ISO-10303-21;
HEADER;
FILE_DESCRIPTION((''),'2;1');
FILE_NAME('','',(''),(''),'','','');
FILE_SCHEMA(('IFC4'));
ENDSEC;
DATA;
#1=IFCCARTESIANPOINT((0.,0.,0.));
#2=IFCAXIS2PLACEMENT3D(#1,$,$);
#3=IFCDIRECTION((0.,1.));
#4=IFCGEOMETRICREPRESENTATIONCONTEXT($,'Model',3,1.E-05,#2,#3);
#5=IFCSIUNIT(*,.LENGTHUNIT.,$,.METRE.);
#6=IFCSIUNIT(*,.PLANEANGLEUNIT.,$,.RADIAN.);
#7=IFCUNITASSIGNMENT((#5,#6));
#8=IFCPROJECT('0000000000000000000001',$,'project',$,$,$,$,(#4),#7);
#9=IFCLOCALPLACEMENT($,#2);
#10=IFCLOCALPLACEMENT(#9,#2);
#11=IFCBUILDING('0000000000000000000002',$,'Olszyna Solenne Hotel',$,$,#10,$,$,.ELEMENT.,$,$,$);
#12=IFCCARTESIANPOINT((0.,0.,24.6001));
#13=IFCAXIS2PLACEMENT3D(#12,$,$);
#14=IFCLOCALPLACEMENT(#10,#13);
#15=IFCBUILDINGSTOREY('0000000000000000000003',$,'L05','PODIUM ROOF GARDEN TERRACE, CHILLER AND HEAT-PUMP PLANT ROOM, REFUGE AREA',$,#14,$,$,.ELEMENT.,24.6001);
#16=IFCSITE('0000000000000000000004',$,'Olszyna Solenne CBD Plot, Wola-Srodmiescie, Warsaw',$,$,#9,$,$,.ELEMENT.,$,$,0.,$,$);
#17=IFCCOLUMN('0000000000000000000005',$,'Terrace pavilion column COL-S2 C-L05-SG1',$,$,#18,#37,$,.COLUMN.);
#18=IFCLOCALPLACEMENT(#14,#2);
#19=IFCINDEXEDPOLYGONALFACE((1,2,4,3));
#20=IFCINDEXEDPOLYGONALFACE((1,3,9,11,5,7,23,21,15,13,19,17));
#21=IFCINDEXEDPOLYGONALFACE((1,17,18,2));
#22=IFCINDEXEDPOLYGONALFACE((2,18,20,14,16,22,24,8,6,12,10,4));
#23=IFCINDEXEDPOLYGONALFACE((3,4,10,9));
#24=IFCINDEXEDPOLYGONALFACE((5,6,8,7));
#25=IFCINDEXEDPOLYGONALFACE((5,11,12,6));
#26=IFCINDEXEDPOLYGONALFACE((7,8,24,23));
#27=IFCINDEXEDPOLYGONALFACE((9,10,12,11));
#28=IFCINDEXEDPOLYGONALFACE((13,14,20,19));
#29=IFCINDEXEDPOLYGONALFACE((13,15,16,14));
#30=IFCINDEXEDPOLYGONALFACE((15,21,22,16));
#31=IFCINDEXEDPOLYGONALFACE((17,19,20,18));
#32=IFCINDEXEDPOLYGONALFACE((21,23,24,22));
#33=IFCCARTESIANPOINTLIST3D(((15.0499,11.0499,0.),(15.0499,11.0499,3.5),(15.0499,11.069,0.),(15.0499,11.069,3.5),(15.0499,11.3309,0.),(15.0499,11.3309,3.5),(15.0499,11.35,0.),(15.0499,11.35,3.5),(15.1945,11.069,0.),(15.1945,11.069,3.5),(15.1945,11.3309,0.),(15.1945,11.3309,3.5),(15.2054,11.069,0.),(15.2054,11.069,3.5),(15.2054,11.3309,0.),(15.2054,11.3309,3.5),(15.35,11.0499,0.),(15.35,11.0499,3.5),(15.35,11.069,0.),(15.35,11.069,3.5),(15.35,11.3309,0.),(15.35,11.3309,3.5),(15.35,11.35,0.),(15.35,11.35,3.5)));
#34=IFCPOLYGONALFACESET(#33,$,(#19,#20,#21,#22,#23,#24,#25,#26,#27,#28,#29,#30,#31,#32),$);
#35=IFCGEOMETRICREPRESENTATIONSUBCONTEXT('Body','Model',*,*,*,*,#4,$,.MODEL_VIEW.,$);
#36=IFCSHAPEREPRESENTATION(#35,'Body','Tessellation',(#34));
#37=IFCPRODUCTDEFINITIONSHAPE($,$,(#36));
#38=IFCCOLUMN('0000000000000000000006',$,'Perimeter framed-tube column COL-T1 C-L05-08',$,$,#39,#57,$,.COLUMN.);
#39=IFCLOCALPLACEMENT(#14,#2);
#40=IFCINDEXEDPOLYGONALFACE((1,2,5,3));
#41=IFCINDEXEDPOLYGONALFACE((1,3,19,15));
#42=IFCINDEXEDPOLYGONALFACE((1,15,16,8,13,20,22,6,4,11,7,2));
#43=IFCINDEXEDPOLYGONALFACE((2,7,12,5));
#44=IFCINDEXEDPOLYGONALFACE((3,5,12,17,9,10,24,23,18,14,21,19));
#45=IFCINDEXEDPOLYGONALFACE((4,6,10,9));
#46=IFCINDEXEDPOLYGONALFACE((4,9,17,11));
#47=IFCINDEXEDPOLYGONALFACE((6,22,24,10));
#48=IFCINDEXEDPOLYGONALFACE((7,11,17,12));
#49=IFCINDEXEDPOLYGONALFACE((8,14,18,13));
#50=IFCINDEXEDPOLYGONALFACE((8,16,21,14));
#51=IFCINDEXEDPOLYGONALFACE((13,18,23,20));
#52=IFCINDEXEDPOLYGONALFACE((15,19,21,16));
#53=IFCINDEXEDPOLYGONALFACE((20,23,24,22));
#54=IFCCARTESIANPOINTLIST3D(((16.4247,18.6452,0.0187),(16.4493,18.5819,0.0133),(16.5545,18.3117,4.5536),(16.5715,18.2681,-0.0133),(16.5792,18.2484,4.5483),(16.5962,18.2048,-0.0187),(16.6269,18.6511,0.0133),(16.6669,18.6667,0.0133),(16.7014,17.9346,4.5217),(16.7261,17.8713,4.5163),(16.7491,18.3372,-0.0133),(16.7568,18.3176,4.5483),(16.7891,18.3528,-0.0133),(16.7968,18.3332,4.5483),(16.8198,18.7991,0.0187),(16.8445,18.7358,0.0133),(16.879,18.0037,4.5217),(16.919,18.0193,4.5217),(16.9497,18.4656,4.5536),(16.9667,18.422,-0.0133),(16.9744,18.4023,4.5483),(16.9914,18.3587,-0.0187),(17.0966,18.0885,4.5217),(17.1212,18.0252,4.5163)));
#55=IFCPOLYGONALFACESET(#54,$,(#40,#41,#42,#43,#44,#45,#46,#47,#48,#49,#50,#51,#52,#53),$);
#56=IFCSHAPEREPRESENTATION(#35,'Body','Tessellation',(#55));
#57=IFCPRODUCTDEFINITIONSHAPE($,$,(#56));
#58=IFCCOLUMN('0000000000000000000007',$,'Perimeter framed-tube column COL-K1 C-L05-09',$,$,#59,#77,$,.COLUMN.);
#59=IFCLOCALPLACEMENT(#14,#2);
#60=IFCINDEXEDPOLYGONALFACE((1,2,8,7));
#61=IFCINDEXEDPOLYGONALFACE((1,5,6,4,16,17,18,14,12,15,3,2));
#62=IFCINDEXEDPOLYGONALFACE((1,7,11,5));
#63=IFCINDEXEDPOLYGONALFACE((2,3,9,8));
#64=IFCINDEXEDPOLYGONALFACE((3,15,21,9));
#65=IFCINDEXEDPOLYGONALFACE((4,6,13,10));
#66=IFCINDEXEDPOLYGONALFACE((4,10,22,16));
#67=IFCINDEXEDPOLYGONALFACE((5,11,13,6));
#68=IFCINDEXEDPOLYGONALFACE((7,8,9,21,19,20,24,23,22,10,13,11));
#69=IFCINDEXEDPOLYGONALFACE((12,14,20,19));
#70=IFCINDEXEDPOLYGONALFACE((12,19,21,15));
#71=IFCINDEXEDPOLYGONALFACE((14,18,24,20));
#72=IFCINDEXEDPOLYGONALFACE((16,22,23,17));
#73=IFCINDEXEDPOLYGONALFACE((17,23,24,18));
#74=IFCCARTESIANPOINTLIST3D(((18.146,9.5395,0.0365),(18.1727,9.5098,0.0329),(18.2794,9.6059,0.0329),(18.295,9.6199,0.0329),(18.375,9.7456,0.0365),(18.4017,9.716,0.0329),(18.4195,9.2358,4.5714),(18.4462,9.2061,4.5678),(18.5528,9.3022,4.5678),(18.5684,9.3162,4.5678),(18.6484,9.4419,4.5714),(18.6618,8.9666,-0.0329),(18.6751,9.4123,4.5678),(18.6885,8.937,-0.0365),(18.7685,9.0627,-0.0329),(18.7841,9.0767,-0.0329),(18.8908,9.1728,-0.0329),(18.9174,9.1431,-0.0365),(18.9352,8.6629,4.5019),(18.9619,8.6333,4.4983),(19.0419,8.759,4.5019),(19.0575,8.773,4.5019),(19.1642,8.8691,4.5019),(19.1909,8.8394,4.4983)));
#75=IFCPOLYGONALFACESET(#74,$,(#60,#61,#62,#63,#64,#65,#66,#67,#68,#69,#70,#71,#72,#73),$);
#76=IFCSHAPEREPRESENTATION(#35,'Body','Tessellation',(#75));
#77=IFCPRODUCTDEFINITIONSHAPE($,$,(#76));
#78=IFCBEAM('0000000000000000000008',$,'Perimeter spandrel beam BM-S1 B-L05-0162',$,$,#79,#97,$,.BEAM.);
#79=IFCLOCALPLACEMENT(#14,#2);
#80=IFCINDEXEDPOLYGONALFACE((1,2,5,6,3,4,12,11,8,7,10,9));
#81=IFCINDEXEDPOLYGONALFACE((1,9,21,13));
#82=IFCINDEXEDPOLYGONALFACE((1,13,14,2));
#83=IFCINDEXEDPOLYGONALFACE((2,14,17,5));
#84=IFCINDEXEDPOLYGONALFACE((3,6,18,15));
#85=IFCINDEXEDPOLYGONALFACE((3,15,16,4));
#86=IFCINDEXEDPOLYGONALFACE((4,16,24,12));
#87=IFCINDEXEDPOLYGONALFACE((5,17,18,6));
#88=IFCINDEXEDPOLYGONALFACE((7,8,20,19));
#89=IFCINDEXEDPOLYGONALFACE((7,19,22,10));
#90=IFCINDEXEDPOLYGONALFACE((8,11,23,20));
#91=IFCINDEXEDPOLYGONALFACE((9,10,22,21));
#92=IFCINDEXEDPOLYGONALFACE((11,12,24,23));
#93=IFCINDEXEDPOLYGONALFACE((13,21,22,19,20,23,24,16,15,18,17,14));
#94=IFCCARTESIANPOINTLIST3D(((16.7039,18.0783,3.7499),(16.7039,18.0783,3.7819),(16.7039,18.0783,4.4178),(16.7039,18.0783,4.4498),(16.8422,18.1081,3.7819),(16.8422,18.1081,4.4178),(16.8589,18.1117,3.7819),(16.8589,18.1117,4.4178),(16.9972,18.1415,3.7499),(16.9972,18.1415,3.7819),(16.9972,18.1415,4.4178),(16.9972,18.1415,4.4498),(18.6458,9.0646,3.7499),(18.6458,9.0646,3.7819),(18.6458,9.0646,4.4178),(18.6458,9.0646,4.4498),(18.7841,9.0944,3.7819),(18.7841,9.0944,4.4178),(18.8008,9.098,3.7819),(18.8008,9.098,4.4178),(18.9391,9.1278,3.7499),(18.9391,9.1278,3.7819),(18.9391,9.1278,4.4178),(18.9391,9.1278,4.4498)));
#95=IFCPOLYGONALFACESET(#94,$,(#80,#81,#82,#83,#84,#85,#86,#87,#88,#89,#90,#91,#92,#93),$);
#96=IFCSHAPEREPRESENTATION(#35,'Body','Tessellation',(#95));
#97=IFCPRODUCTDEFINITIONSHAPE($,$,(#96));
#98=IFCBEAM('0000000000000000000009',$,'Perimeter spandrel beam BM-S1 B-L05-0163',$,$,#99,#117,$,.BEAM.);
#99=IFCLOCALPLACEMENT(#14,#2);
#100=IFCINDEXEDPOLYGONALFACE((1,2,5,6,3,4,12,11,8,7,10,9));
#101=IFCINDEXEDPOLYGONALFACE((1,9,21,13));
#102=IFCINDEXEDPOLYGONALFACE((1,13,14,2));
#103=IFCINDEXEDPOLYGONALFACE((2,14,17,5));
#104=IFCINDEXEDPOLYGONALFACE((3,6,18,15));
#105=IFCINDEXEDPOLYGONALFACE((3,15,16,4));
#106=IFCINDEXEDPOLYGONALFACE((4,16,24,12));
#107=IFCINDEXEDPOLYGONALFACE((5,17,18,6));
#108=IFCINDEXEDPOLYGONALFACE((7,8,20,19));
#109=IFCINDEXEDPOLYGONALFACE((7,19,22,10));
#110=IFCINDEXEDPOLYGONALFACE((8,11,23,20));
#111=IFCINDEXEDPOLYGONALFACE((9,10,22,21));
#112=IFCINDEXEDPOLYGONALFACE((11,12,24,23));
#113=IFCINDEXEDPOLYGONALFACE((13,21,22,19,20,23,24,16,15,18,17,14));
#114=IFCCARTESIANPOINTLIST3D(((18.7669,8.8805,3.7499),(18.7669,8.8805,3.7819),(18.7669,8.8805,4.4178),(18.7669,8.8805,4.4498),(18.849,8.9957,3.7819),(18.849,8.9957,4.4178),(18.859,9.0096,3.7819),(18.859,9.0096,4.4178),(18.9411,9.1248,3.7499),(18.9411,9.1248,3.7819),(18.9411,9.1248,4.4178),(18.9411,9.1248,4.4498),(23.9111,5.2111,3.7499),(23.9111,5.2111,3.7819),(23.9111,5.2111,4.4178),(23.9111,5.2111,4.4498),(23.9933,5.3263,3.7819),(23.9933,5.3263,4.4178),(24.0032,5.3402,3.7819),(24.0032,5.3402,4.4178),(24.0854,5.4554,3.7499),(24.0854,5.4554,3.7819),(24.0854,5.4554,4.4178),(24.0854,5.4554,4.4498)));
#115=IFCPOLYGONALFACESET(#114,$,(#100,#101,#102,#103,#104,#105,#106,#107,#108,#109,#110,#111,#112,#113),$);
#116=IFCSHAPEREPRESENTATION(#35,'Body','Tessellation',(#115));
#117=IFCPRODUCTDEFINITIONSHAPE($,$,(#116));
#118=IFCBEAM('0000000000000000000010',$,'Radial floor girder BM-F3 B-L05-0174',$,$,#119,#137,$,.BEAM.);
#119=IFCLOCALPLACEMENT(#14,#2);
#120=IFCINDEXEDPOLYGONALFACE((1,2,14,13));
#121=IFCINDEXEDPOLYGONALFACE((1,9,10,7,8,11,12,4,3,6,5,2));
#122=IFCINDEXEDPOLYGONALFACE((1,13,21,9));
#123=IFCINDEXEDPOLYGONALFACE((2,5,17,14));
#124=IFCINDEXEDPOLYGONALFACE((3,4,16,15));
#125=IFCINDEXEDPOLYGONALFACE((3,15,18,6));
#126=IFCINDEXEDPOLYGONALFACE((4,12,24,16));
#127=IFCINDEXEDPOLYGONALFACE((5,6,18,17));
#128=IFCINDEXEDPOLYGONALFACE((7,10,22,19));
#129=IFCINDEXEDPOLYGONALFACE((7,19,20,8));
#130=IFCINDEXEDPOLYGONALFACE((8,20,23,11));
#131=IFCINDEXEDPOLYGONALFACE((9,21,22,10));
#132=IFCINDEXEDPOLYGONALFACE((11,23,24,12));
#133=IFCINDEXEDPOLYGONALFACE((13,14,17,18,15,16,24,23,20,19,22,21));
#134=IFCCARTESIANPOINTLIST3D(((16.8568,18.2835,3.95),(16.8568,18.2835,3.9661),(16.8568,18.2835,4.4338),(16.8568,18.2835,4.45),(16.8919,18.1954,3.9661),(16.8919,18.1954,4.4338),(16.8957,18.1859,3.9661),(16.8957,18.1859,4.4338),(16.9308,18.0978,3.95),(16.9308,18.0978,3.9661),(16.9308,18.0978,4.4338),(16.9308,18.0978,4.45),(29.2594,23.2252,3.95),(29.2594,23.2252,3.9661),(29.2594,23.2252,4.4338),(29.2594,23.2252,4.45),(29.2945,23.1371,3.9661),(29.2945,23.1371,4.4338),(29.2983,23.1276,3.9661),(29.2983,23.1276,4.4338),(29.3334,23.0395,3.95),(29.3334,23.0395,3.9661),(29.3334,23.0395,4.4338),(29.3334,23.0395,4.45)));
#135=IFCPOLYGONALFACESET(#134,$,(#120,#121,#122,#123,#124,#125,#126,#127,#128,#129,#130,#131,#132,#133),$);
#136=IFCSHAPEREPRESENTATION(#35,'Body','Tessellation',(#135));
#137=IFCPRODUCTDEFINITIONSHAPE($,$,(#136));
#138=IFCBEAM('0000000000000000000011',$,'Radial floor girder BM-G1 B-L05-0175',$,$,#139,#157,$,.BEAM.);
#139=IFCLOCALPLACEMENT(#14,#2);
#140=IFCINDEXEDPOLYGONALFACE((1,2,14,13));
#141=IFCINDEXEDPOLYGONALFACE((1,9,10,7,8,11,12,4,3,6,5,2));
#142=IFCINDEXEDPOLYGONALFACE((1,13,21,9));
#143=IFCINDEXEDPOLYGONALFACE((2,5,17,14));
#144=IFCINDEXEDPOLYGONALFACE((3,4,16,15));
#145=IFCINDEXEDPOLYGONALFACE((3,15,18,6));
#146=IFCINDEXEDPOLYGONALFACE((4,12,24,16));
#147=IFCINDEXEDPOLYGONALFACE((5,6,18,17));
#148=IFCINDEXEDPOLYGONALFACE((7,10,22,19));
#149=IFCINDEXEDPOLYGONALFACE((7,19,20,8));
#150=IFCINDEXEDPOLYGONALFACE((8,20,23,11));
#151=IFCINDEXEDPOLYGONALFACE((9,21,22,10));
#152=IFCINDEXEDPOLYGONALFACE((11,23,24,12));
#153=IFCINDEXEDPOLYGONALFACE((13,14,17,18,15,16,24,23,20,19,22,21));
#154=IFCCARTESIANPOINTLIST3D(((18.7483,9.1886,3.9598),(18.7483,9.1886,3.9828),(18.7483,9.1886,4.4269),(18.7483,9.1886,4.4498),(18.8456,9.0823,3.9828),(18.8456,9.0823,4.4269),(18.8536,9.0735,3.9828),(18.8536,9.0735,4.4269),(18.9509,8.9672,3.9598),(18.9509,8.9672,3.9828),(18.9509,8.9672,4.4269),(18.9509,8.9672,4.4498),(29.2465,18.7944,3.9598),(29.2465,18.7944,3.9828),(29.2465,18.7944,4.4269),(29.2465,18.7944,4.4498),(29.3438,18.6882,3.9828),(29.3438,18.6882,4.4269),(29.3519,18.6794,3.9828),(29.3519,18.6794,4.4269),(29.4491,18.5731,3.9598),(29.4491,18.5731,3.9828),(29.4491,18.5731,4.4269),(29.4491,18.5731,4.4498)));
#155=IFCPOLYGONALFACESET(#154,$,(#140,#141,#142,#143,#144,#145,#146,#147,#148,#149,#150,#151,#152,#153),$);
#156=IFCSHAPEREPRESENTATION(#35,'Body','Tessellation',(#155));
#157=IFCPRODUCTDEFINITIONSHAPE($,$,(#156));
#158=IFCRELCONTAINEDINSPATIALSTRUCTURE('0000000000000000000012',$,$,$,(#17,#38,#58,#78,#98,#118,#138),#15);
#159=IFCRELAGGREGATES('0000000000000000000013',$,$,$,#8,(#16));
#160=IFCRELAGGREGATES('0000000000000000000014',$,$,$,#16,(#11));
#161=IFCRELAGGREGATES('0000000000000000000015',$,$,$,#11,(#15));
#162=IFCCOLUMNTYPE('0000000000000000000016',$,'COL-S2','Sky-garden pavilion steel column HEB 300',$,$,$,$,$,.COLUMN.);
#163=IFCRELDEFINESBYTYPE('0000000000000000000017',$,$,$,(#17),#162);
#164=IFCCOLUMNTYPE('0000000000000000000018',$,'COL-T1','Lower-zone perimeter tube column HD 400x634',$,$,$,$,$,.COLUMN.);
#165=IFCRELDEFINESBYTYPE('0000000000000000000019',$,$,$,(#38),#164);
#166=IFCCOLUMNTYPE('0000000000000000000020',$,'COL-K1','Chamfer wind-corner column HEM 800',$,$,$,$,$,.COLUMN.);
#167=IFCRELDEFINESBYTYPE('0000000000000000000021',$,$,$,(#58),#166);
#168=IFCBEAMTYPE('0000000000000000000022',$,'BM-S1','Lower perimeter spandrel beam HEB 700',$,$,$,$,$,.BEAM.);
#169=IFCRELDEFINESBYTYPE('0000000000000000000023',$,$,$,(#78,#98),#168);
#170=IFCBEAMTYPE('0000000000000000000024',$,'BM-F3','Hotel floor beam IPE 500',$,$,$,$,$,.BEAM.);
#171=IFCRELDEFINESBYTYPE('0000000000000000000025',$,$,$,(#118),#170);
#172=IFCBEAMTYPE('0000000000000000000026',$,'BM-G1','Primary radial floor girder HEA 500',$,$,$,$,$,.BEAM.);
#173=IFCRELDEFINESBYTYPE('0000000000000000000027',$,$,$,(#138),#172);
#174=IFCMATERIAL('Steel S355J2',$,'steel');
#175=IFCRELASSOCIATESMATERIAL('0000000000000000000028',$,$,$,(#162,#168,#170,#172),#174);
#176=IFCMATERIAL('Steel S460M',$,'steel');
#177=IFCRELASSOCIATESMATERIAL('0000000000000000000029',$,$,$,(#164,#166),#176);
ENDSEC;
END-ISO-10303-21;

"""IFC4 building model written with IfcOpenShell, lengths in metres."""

from ifc_helpers import new_model, si_unit, direction, frame, origin, origin_2d, place, context, subcontext, project, spatial, i_section, extrude, source, transform, mapped, material, material_profile, profile_set, type_object, element, save


model = new_model("IFC4")

# Units and contexts
model_context = context("Model", 3, precision=1e-05, world=origin(), true_north=direction((0.0, 1.0)))
body_context = subcontext(model_context, "Body", "Model", "MODEL_VIEW")
ifc_project = project(units=[si_unit("LENGTHUNIT", "METRE"), si_unit("PLANEANGLEUNIT", "RADIAN")], contexts=[model_context])

# Site, building, storey
site_placement = place(None, origin())
site = spatial("IfcSite", under=ifc_project, at=site_placement, Name="Olszyna Solenne CBD Plot, Wola-Srodmiescie, Warsaw", CompositionType="ELEMENT", RefElevation=0.0)
building_placement = place(site_placement, origin())
building = spatial("IfcBuilding", under=site, at=building_placement, Name="Olszyna Solenne Hotel", CompositionType="ELEMENT")
storey_placement = place(building_placement, frame((0.0, 0.0, 24.6001)))
storey = spatial("IfcBuildingStorey", under=building, at=storey_placement, Name="L05", Description="PODIUM ROOF GARDEN TERRACE, CHILLER AND HEAT-PUMP PLANT ROOM, REFUGE AREA", CompositionType="ELEMENT", Elevation=24.6001)

# Columns
ifc_material_1 = material(Name="Steel S355J2", Category="steel")
ifc_material_profile_1 = material_profile(ifc_material_1, i_section(OverallWidth=0.3, OverallDepth=0.3, WebThickness=0.011, FlangeThickness=0.019, at=origin_2d()), Name="HEB 300", Category="load-bearing")
ifc_profile_set_1 = profile_set([ifc_material_profile_1], Name="Steel S355J2")
column_type_1 = type_object("IfcColumnType", Name="COL-S2", Description="Sky-garden pavilion steel column HEB 300", PredefinedType="COLUMN", material=ifc_profile_set_1)
shared_shape_1 = source(origin(), body_context, "Body", "SweptSolid", [
    extrude(i_section(OverallWidth=0.3, OverallDepth=0.3, WebThickness=0.011, FlangeThickness=0.019, at=origin_2d()), origin(), (0.0, 0.0, 1.0), 3.5),
])
column_1_placement = place(storey_placement, frame((15.2, 11.2, 0.0), z_axis=(0.0, 0.0, 1.0), x_axis=(1.0, 0.0, 0.0)))
element("IfcColumn", 1, at=column_1_placement, inside=storey, type_object=column_type_1, Name="Terrace pavilion column COL-S2 C-L05-SG1", PredefinedType="COLUMN", context=body_context, shape_type="MappedRepresentation", body=[
    mapped(shared_shape_1, transform((0.0, 0.0, 0.0), x_axis=(1.0, 0.0, 0.0), y_axis=(0.0, 1.0, 0.0), z_axis=(0.0, 0.0, 1.0), scale=1.0)),
])
ifc_material_2 = material(Name="Steel S460M", Category="steel")
ifc_material_profile_2 = material_profile(ifc_material_2, i_section(OverallWidth=0.4241, OverallDepth=0.4741, WebThickness=0.043, FlangeThickness=0.0681, at=origin_2d()), Name="HD 400x634", Category="load-bearing")
ifc_profile_set_2 = profile_set([ifc_material_profile_2], Name="Steel S460M")
column_type_2 = type_object("IfcColumnType", Name="COL-T1", Description="Lower-zone perimeter tube column HD 400x634", PredefinedType="COLUMN", material=ifc_profile_set_2)
shared_shape_2 = source(origin(), body_context, "Body", "SweptSolid", [
    extrude(i_section(OverallWidth=0.4241, OverallDepth=0.4741, WebThickness=0.043, FlangeThickness=0.0681, at=origin_2d()), origin(), (0.0, 0.0, 1.0), 4.5491),
])
column_2_placement = place(storey_placement, frame((16.708, 18.502, 0.0), z_axis=(0.028552, -0.073312, 0.9969), x_axis=(0.931825, 0.362907, 0.0)))
element("IfcColumn", 2, at=column_2_placement, inside=storey, type_object=column_type_2, Name="Perimeter framed-tube column COL-T1 C-L05-08", PredefinedType="COLUMN", context=body_context, shape_type="MappedRepresentation", body=[
    mapped(shared_shape_2, transform((0.0, 0.0, 0.0), x_axis=(1.0, 0.0, 0.0), y_axis=(0.0, 1.0, 0.0), z_axis=(0.0, 0.0, 1.0), scale=1.0)),
])
ifc_material_profile_3 = material_profile(ifc_material_2, i_section(OverallWidth=0.3081, OverallDepth=0.814, WebThickness=0.021, FlangeThickness=0.04, at=origin_2d()), Name="HEM 800", Category="load-bearing")
ifc_profile_set_3 = profile_set([ifc_material_profile_3], Name="Steel S460M")
column_type_3 = type_object("IfcColumnType", Name="COL-K1", Description="Chamfer wind-corner column HEM 800", PredefinedType="COLUMN", material=ifc_profile_set_3)
shared_shape_3 = source(origin(), body_context, "Body", "SweptSolid", [
    extrude(i_section(OverallWidth=0.3081, OverallDepth=0.814, WebThickness=0.021, FlangeThickness=0.04, at=origin_2d()), origin(), (0.0, 0.0, 1.0), 4.5532),
])
column_3_placement = place(storey_placement, frame((18.5317, 9.3413, 0.0), z_axis=(0.060053, -0.066701, 0.995964), x_axis=(0.743175, 0.669097, 0.0)))
element("IfcColumn", 3, at=column_3_placement, inside=storey, type_object=column_type_3, Name="Perimeter framed-tube column COL-K1 C-L05-09", PredefinedType="COLUMN", context=body_context, shape_type="MappedRepresentation", body=[
    mapped(shared_shape_3, transform((0.0, 0.0, 0.0), x_axis=(1.0, 0.0, 0.0), y_axis=(0.0, 1.0, 0.0), z_axis=(0.0, 0.0, 1.0), scale=1.0)),
])

# Beams
ifc_material_profile_4 = material_profile(ifc_material_1, i_section(OverallWidth=0.3, OverallDepth=0.7, WebThickness=0.0171, FlangeThickness=0.032, at=origin_2d()), Name="HEB 700", Category="load-bearing")
ifc_profile_set_4 = profile_set([ifc_material_profile_4], Name="Steel S355J2")
beam_type_1 = type_object("IfcBeamType", Name="BM-S1", Description="Lower perimeter spandrel beam HEB 700", PredefinedType="BEAM", material=ifc_profile_set_4)
shared_shape_4 = source(origin(), body_context, "Body", "SweptSolid", [
    extrude(i_section(OverallWidth=0.3, OverallDepth=0.7, WebThickness=0.0171, FlangeThickness=0.032, at=origin_2d()), origin(), (0.0, 0.0, 1.0), 9.2205),
])
beam_1_placement = place(storey_placement, frame((16.8506, 18.1099, 4.0999), z_axis=(0.210607, -0.977571, 0.0), x_axis=(0.977571, 0.210607, 0.0)))
element("IfcBeam", 4, at=beam_1_placement, inside=storey, type_object=beam_type_1, Name="Perimeter spandrel beam BM-S1 B-L05-0162", PredefinedType="BEAM", context=body_context, shape_type="MappedRepresentation", body=[
    mapped(shared_shape_4, transform((0.0, 0.0, 0.0), x_axis=(1.0, 0.0, 0.0), y_axis=(0.0, 1.0, 0.0), z_axis=(0.0, 0.0, 1.0), scale=1.0)),
])
shared_shape_5 = source(origin(), body_context, "Body", "SweptSolid", [
    extrude(i_section(OverallWidth=0.3, OverallDepth=0.7, WebThickness=0.0171, FlangeThickness=0.032, at=origin_2d()), origin(), (0.0, 0.0, 1.0), 6.3188),
])
beam_2_placement = place(storey_placement, frame((18.854, 9.0027, 4.0999), z_axis=(0.814112, -0.580708, 0.0), x_axis=(0.580708, 0.814112, 0.0)))
element("IfcBeam", 5, at=beam_2_placement, inside=storey, type_object=beam_type_1, Name="Perimeter spandrel beam BM-S1 B-L05-0163", PredefinedType="BEAM", context=body_context, shape_type="MappedRepresentation", body=[
    mapped(shared_shape_5, transform((0.0, 0.0, 0.0), x_axis=(1.0, 0.0, 0.0), y_axis=(0.0, 1.0, 0.0), z_axis=(0.0, 0.0, 1.0), scale=1.0)),
])
ifc_material_profile_5 = material_profile(ifc_material_1, i_section(OverallWidth=0.2, OverallDepth=0.5, WebThickness=0.0103, FlangeThickness=0.0161, at=origin_2d()), Name="IPE 500", Category="load-bearing")
ifc_profile_set_5 = profile_set([ifc_material_profile_5], Name="Steel S355J2")
beam_type_2 = type_object("IfcBeamType", Name="BM-F3", Description="Hotel floor beam IPE 500", PredefinedType="BEAM", material=ifc_profile_set_5)
shared_shape_6 = source(origin(), body_context, "Body", "SweptSolid", [
    extrude(i_section(OverallWidth=0.2, OverallDepth=0.5, WebThickness=0.0103, FlangeThickness=0.0161, at=origin_2d()), origin(), (0.0, 0.0, 1.0), 13.3508),
])
beam_3_placement = place(storey_placement, frame((16.8938, 18.1907, 4.2), z_axis=(0.928977, 0.370139, 0.0), x_axis=(-0.370139, 0.928977, 0.0)))
element("IfcBeam", 6, at=beam_3_placement, inside=storey, type_object=beam_type_2, Name="Radial floor girder BM-F3 B-L05-0174", PredefinedType="BEAM", context=body_context, shape_type="MappedRepresentation", body=[
    mapped(shared_shape_6, transform((0.0, 0.0, 0.0), x_axis=(1.0, 0.0, 0.0), y_axis=(0.0, 1.0, 0.0), z_axis=(0.0, 0.0, 1.0), scale=1.0)),
])
ifc_material_profile_6 = material_profile(ifc_material_1, i_section(OverallWidth=0.3, OverallDepth=0.49, WebThickness=0.012, FlangeThickness=0.0229, at=origin_2d()), Name="HEA 500", Category="load-bearing")
ifc_profile_set_6 = profile_set([ifc_material_profile_6], Name="Steel S355J2")
beam_type_3 = type_object("IfcBeamType", Name="BM-G1", Description="Primary radial floor girder HEA 500", PredefinedType="BEAM", material=ifc_profile_set_6)
shared_shape_7 = source(origin(), body_context, "Body", "SweptSolid", [
    extrude(i_section(OverallWidth=0.3, OverallDepth=0.49, WebThickness=0.012, FlangeThickness=0.0229, at=origin_2d()), origin(), (0.0, 0.0, 1.0), 14.2297),
])
beam_4_placement = place(storey_placement, frame((18.8496, 9.0779, 4.2048), z_axis=(0.737766, 0.675057, 0.0), x_axis=(-0.675057, 0.737766, 0.0)))
element("IfcBeam", 7, at=beam_4_placement, inside=storey, type_object=beam_type_3, Name="Radial floor girder BM-G1 B-L05-0175", PredefinedType="BEAM", context=body_context, shape_type="MappedRepresentation", body=[
    mapped(shared_shape_7, transform((0.0, 0.0, 0.0), x_axis=(1.0, 0.0, 0.0), y_axis=(0.0, 1.0, 0.0), z_axis=(0.0, 0.0, 1.0), scale=1.0)),
])

save(model, "model.ifc")
